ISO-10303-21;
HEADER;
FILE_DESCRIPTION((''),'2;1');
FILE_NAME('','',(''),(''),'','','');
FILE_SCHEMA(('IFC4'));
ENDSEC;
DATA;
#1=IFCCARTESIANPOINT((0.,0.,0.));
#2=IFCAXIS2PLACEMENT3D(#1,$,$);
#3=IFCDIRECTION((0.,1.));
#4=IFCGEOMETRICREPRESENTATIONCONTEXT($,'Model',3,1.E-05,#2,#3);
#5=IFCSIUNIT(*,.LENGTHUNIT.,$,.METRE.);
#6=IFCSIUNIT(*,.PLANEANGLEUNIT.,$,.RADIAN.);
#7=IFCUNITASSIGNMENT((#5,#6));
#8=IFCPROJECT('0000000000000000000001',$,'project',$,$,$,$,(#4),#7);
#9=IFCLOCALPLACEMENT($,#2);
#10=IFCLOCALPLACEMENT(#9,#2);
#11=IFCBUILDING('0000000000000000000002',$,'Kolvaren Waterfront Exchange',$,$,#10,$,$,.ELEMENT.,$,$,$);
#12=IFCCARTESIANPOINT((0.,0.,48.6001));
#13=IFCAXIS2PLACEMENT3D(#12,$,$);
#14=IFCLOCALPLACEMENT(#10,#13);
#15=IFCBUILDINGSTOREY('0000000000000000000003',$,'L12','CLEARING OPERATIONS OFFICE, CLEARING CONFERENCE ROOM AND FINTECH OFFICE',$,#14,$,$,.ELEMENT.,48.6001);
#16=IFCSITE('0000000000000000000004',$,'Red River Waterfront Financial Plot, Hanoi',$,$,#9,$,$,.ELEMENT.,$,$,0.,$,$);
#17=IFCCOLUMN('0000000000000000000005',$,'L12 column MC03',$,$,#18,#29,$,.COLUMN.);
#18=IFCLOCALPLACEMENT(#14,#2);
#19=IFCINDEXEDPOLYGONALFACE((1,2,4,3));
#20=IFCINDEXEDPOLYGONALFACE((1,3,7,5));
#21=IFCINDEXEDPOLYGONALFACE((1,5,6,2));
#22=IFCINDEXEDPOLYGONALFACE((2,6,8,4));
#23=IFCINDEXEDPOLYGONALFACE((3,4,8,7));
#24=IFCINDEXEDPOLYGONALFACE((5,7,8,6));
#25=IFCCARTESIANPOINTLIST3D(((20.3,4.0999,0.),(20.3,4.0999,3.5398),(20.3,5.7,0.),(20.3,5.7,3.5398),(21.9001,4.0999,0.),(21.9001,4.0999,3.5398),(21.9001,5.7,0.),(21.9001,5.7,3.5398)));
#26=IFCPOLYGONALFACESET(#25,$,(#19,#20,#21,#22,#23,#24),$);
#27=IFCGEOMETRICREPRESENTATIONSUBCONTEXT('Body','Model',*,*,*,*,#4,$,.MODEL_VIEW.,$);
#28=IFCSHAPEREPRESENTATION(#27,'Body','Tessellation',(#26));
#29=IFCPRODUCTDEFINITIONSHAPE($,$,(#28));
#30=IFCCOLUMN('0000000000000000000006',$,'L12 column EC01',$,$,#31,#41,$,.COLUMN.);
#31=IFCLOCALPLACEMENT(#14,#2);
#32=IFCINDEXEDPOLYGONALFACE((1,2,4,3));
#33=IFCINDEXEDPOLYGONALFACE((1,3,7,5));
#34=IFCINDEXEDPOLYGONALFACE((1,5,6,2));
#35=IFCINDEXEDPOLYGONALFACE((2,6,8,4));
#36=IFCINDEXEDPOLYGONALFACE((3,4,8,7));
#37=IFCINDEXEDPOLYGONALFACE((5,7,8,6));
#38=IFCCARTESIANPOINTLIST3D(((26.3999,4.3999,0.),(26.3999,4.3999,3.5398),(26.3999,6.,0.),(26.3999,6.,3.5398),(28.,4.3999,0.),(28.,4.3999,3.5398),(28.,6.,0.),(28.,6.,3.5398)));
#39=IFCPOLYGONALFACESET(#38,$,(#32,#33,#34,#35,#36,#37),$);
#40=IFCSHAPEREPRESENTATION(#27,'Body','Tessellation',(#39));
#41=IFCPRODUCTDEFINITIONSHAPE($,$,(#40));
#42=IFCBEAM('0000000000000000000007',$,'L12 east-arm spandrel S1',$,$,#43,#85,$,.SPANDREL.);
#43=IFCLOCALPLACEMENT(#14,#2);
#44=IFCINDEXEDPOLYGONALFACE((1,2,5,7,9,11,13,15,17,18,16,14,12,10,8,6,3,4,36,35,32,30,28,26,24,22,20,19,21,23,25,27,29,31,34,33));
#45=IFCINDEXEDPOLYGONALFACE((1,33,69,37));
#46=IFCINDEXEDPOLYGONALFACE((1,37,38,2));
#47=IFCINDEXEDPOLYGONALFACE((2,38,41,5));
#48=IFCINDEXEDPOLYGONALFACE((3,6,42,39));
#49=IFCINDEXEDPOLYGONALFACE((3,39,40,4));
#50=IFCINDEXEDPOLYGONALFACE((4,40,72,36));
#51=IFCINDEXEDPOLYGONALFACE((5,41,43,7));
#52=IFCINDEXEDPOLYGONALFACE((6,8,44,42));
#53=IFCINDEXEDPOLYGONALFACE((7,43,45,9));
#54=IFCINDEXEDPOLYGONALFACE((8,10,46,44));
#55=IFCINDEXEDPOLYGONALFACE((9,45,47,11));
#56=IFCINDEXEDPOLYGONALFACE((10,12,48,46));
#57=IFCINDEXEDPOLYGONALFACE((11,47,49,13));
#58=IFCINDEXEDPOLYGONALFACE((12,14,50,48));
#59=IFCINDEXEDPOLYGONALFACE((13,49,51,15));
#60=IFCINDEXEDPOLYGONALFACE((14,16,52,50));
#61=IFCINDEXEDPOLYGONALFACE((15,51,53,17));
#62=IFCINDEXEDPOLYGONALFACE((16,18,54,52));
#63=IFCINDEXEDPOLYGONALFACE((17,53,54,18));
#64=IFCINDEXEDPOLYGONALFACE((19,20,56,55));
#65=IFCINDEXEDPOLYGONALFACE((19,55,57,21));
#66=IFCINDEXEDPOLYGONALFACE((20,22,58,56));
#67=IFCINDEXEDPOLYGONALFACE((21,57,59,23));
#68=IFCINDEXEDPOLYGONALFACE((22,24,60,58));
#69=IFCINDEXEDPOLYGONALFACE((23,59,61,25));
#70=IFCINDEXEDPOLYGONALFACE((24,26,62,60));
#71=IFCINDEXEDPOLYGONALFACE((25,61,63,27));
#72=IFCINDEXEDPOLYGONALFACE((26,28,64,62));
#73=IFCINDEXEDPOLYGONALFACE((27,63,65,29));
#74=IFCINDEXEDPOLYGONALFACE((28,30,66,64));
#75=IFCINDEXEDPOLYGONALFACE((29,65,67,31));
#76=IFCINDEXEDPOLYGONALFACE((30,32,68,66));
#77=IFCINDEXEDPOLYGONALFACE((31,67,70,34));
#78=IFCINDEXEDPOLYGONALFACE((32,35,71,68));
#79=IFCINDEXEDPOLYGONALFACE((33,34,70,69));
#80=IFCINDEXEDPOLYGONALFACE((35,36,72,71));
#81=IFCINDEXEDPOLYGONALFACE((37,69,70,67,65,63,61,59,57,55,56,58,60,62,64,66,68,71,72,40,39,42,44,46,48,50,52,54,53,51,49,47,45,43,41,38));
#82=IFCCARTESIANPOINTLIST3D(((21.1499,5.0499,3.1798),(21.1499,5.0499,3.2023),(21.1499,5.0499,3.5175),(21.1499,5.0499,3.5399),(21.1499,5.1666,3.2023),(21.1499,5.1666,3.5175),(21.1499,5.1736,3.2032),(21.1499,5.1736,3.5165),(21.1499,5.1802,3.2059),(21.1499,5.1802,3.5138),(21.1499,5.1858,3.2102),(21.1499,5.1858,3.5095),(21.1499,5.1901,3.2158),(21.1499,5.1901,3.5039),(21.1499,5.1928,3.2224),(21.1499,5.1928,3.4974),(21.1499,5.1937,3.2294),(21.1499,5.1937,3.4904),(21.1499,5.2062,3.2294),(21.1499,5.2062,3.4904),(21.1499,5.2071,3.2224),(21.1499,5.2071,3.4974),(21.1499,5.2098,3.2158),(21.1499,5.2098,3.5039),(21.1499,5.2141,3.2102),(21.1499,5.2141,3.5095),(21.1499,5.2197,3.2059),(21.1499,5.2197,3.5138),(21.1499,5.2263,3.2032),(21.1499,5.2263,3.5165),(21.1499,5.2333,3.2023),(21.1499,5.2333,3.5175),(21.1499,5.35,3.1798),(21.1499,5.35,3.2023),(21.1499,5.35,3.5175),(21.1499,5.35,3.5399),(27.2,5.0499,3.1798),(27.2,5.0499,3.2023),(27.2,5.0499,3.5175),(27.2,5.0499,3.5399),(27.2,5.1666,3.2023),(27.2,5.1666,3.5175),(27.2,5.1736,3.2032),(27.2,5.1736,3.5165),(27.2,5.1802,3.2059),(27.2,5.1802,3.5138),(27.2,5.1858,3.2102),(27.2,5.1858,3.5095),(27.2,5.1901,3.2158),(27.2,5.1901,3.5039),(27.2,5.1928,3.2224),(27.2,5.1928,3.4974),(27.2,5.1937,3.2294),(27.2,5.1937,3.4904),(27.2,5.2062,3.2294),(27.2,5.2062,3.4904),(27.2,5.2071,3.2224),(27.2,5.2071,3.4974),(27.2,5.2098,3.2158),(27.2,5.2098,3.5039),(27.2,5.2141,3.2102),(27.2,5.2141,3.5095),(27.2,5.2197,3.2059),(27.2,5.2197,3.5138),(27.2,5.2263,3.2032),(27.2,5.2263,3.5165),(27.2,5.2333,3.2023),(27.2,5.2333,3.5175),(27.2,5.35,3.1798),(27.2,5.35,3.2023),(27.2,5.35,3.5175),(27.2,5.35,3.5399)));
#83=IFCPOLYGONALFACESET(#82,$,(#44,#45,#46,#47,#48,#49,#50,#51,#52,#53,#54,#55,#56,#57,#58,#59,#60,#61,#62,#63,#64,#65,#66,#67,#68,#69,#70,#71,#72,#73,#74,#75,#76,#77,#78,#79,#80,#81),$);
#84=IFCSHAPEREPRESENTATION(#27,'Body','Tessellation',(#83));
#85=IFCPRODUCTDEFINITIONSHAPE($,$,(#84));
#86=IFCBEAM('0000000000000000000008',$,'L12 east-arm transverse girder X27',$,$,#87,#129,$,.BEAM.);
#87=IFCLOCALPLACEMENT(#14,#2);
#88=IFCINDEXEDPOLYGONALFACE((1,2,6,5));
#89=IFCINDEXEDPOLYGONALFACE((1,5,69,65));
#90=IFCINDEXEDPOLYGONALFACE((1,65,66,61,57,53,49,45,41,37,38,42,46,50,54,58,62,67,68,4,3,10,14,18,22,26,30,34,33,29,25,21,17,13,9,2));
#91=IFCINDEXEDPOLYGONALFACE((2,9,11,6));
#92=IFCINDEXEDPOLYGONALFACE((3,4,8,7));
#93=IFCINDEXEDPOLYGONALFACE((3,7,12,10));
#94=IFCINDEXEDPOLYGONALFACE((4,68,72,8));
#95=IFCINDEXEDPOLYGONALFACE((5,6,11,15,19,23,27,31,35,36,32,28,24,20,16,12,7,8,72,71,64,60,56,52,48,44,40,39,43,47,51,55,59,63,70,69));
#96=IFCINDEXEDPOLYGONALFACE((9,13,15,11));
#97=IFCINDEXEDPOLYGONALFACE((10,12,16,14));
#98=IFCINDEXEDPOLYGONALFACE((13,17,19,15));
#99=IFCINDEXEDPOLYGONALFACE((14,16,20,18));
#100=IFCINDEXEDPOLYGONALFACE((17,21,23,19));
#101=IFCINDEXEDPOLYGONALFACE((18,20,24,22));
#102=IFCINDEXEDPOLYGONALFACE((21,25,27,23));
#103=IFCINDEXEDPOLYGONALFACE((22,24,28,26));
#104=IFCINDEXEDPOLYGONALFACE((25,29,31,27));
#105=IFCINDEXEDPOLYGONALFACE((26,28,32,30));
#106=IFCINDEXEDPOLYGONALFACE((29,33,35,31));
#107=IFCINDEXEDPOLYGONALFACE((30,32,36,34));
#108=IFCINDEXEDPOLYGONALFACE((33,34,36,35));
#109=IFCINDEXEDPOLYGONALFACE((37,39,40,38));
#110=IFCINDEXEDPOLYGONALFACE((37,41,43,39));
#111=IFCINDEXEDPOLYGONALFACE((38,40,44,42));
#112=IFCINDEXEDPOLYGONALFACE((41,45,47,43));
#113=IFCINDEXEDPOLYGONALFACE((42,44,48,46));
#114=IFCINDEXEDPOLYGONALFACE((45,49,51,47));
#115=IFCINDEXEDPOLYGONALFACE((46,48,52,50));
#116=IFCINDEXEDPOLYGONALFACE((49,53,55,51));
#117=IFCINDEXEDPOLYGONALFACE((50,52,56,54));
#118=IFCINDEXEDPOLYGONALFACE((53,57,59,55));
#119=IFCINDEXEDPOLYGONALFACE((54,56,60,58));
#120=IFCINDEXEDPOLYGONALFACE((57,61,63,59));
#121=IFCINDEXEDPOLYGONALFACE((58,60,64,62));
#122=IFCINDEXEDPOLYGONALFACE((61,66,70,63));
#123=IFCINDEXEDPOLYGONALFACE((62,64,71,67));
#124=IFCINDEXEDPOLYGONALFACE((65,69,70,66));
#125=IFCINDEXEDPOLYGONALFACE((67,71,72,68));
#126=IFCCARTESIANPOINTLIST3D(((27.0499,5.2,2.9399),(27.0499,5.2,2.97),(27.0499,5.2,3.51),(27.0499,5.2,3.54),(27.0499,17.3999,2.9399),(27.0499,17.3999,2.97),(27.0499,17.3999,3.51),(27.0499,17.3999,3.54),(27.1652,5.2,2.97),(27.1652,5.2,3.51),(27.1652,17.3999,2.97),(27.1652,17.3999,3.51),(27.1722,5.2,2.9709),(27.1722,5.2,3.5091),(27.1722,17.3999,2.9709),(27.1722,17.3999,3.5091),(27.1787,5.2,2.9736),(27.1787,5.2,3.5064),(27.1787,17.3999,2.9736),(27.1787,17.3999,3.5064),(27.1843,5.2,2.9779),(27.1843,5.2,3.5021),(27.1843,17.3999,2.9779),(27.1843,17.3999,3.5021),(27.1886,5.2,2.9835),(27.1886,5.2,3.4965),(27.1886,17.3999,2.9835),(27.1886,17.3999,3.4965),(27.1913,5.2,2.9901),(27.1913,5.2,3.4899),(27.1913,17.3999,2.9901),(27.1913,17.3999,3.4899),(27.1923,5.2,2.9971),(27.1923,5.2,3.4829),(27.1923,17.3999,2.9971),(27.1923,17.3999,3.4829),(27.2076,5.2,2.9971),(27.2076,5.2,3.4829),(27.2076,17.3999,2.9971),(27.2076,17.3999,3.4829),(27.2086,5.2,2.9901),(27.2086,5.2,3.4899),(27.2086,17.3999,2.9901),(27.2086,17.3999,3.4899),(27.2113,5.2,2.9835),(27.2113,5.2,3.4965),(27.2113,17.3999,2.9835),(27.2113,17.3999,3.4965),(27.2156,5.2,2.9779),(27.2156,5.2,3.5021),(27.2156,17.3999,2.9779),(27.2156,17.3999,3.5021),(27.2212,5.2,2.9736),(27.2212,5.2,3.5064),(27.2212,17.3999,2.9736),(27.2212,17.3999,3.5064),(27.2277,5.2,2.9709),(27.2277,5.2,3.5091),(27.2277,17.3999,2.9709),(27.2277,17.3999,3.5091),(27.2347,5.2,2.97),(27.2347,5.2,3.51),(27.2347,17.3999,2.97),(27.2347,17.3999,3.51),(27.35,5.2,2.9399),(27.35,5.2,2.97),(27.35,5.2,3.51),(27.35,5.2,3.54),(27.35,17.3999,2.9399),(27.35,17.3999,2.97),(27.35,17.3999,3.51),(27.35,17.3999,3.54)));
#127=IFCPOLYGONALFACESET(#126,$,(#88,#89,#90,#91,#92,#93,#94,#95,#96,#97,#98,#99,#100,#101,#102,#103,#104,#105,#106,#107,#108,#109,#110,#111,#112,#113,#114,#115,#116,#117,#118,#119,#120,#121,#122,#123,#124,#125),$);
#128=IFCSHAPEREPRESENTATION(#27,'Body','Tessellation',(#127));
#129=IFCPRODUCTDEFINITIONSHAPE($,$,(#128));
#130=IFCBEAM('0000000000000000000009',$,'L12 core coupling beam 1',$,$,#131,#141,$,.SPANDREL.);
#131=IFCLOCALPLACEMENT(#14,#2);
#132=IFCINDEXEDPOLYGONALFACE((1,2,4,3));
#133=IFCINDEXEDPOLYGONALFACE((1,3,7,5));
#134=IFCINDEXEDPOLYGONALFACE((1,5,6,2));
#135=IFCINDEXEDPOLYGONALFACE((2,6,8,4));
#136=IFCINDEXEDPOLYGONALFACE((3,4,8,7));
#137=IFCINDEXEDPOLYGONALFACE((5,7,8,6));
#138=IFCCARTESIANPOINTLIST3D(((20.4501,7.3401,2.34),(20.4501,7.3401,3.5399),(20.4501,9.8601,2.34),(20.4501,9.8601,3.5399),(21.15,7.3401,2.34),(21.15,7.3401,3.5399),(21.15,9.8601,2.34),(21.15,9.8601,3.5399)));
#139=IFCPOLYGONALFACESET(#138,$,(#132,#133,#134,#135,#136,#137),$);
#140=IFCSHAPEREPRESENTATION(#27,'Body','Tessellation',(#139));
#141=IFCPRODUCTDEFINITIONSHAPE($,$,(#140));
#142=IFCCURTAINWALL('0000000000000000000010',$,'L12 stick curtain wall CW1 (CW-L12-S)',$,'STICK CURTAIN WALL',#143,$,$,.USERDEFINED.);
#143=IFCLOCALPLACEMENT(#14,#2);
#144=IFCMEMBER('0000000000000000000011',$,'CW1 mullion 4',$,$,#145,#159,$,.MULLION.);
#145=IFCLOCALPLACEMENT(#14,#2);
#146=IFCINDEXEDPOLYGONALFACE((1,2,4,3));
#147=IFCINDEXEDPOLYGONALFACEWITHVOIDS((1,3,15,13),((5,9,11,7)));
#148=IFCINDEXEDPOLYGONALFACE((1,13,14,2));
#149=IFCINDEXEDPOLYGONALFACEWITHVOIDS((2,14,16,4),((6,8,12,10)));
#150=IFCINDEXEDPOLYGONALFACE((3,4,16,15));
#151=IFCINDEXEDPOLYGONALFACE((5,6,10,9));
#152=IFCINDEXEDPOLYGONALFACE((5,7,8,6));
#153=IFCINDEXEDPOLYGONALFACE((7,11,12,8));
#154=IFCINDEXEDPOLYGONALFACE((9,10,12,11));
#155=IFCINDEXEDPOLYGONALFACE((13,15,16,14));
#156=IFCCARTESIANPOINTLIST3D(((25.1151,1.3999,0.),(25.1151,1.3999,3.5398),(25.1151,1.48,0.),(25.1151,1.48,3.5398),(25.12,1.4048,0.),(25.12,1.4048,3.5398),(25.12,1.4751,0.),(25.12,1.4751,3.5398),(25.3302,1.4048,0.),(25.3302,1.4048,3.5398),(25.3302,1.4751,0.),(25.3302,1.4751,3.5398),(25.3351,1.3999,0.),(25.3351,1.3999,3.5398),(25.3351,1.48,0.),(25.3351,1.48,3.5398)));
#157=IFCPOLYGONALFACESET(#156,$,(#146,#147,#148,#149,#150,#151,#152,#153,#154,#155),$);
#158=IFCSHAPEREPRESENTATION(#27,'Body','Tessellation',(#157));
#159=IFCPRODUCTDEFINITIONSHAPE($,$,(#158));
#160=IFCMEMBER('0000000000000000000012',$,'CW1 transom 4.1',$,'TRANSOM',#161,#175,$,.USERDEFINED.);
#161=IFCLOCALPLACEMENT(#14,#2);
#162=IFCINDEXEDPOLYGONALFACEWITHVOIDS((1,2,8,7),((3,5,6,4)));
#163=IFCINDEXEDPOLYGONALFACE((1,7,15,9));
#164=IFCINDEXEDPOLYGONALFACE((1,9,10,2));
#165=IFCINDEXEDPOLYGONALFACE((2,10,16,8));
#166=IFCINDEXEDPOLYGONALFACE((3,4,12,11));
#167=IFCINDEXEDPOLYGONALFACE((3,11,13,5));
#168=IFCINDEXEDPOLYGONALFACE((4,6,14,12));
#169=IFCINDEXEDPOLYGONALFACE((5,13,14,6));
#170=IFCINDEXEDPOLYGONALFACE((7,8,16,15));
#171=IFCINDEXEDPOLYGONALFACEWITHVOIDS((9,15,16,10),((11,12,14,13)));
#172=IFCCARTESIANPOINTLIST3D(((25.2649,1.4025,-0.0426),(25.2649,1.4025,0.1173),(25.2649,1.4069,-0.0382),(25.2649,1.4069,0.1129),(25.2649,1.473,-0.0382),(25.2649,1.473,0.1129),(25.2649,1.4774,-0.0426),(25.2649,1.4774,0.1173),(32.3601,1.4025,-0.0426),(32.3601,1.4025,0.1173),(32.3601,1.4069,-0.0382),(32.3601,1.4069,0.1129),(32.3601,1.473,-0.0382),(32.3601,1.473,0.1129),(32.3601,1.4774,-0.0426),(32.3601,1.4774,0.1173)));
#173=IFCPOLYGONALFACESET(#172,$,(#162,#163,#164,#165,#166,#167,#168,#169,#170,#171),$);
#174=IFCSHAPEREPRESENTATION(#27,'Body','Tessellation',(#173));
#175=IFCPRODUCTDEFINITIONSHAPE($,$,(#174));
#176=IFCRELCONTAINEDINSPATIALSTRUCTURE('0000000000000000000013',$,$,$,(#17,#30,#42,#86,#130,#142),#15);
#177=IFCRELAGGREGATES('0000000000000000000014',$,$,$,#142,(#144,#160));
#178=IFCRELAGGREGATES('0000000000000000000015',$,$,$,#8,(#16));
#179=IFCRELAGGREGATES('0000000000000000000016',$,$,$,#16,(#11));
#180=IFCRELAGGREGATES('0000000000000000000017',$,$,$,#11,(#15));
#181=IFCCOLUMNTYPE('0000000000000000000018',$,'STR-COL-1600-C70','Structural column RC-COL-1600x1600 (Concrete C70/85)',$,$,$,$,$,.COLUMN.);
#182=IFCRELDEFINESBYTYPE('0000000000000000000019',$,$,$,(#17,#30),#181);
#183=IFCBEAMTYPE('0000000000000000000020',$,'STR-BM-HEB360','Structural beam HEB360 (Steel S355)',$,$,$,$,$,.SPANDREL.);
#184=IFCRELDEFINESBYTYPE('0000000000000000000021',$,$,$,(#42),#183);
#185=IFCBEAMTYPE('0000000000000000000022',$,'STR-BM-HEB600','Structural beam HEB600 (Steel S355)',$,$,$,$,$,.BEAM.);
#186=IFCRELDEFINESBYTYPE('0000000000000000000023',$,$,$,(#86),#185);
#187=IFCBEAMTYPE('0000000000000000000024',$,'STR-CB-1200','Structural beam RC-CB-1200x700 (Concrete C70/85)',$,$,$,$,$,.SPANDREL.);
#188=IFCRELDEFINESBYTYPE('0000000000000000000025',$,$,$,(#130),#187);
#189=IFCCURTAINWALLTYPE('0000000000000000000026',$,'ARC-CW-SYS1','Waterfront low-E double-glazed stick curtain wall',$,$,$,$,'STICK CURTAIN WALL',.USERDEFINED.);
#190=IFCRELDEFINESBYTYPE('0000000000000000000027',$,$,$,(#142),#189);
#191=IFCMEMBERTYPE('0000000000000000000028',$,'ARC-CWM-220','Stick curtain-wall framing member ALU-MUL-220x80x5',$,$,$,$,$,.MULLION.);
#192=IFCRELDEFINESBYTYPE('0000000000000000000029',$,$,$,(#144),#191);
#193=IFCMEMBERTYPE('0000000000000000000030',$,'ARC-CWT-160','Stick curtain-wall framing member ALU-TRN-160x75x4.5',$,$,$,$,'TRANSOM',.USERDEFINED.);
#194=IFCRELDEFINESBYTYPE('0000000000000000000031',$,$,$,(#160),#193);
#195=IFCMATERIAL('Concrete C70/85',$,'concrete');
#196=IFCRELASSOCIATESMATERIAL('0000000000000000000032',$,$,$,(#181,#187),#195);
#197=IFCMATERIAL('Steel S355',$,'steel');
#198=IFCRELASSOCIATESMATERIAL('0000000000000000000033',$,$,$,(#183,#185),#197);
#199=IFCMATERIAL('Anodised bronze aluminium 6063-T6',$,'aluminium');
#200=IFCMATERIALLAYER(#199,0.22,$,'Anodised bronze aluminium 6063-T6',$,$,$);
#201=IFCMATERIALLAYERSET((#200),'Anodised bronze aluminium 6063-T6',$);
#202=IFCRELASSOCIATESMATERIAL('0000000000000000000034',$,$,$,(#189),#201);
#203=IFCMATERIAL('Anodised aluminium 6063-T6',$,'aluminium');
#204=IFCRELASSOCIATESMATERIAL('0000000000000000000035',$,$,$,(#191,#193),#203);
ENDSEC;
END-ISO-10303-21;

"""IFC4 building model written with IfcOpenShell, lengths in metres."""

from ifc_helpers import new_model, si_unit, direction, frame, origin, origin_with_axes, origin_2d, place, context, subcontext, project, spatial, rectangle, hollow_rectangle, i_section, extrude, source, transform, mapped, material, layer, layer_set, material_profile, profile_set, type_object, element, aggregate, save


model = new_model("IFC4")

# Units and contexts
model_context = context("Model", 3, precision=1e-05, world=origin(), true_north=direction((0.0, 1.0)))
body_context = subcontext(model_context, "Body", "Model", "MODEL_VIEW")
ifc_project = project(units=[si_unit("LENGTHUNIT", "METRE"), si_unit("PLANEANGLEUNIT", "RADIAN")], contexts=[model_context])

# Site, building, storey
site_placement = place(None, origin())
site = spatial("IfcSite", under=ifc_project, at=site_placement, Name="Red River Waterfront Financial Plot, Hanoi", CompositionType="ELEMENT", RefElevation=0.0)
building_placement = place(site_placement, origin())
building = spatial("IfcBuilding", under=site, at=building_placement, Name="Kolvaren Waterfront Exchange", CompositionType="ELEMENT")
storey_placement = place(building_placement, frame((0.0, 0.0, 48.6001)))
storey = spatial("IfcBuildingStorey", under=building, at=storey_placement, Name="L12", Description="CLEARING OPERATIONS OFFICE, CLEARING CONFERENCE ROOM AND FINTECH OFFICE", CompositionType="ELEMENT", Elevation=48.6001)

# Columns
ifc_material_1 = material(Name="Concrete C70/85", Category="concrete")
ifc_material_profile_1 = material_profile(ifc_material_1, rectangle(XDim=1.6001, YDim=1.6001, at=origin_2d()), Name="RC-COL-1600x1600")
ifc_profile_set_1 = profile_set([ifc_material_profile_1], Name="Concrete C70/85")
column_type = type_object("IfcColumnType", Name="STR-COL-1600-C70", Description="Structural column RC-COL-1600x1600 (Concrete C70/85)", PredefinedType="COLUMN", material=ifc_profile_set_1)
for number, where, z_axis, x_axis, name in (
    (1, (21.1001, 4.8999, 0.0), (0.0, 0.0, 1.0), (1.0, 0.0, 0.0), "L12 column MC03"),
    (2, (27.2, 5.2, 0.0), (0.0, 0.0, 1.0), (1.0, 0.0, 0.0), "L12 column EC01"),
):
    element("IfcColumn", number, at=place(storey_placement, frame(where, z_axis=z_axis, x_axis=x_axis)), inside=storey, type_object=column_type, Name=name, PredefinedType="COLUMN", context=body_context, shape_type="SweptSolid", body=[
        extrude(rectangle(XDim=1.6001, YDim=1.6001, at=origin_2d()), origin(), (0.0, 0.0, 1.0), 3.5398),
    ])

# Beams
ifc_material_2 = material(Name="Steel S355", Category="steel")
ifc_material_profile_2 = material_profile(ifc_material_2, i_section(OverallWidth=0.3, OverallDepth=0.3601, WebThickness=0.0125, FlangeThickness=0.0225, FilletRadius=0.0271, at=origin_2d()), Name="HEB360")
ifc_profile_set_2 = profile_set([ifc_material_profile_2], Name="Steel S355")
beam_type_1 = type_object("IfcBeamType", Name="STR-BM-HEB360", Description="Structural beam HEB360 (Steel S355)", PredefinedType="SPANDREL", material=ifc_profile_set_2)
beam_1_placement = place(storey_placement, frame((21.1499, 5.2, 3.3599), z_axis=(1.0, 0.0, 0.0), x_axis=(0.0, 1.0, 0.0)))
element("IfcBeam", 3, at=beam_1_placement, inside=storey, type_object=beam_type_1, Name="L12 east-arm spandrel S1", PredefinedType="SPANDREL", context=body_context, shape_type="SweptSolid", body=[
    extrude(i_section(OverallWidth=0.3, OverallDepth=0.3601, WebThickness=0.0125, FlangeThickness=0.0225, FilletRadius=0.0271, at=origin_2d()), origin(), (0.0, 0.0, 1.0), 6.05),
])
ifc_material_profile_3 = material_profile(ifc_material_2, i_section(OverallWidth=0.3, OverallDepth=0.6001, WebThickness=0.0154, FlangeThickness=0.03, FilletRadius=0.0271, at=origin_2d()), Name="HEB600")
ifc_profile_set_3 = profile_set([ifc_material_profile_3], Name="Steel S355")
beam_type_2 = type_object("IfcBeamType", Name="STR-BM-HEB600", Description="Structural beam HEB600 (Steel S355)", PredefinedType="BEAM", material=ifc_profile_set_3)
beam_2_placement = place(storey_placement, frame((27.2, 5.2, 3.24), z_axis=(0.0, 1.0, 0.0), x_axis=(-1.0, 0.0, 0.0)))
element("IfcBeam", 4, at=beam_2_placement, inside=storey, type_object=beam_type_2, Name="L12 east-arm transverse girder X27", PredefinedType="BEAM", context=body_context, shape_type="SweptSolid", body=[
    extrude(i_section(OverallWidth=0.3, OverallDepth=0.6001, WebThickness=0.0154, FlangeThickness=0.03, FilletRadius=0.0271, at=origin_2d()), origin(), (0.0, 0.0, 1.0), 12.2),
])
ifc_material_profile_4 = material_profile(ifc_material_1, rectangle(XDim=0.7, YDim=1.2, at=origin_2d()), Name="RC-CB-1200x700")
ifc_profile_set_4 = profile_set([ifc_material_profile_4], Name="Concrete C70/85")
beam_type_3 = type_object("IfcBeamType", Name="STR-CB-1200", Description="Structural beam RC-CB-1200x700 (Concrete C70/85)", PredefinedType="SPANDREL", material=ifc_profile_set_4)
beam_3_placement = place(storey_placement, frame((20.8, 7.3401, 2.9399), z_axis=(0.0, 1.0, 0.0), x_axis=(-1.0, 0.0, 0.0)))
element("IfcBeam", 5, at=beam_3_placement, inside=storey, type_object=beam_type_3, Name="L12 core coupling beam 1", PredefinedType="SPANDREL", context=body_context, shape_type="SweptSolid", body=[
    extrude(rectangle(XDim=0.7, YDim=1.2, at=origin_2d()), origin(), (0.0, 0.0, 1.0), 2.52),
])

# Curtain wall, members
ifc_material_3 = material(Name="Anodised bronze aluminium 6063-T6", Category="aluminium")
ifc_layer_1 = layer(ifc_material_3, 0.22, Name="Anodised bronze aluminium 6063-T6")
ifc_layer_set_1 = layer_set([ifc_layer_1], Name="Anodised bronze aluminium 6063-T6")
curtain_wall_type_1 = type_object("IfcCurtainWallType", Name="ARC-CW-SYS1", Description="Waterfront low-E double-glazed stick curtain wall", ElementType="STICK CURTAIN WALL", PredefinedType="USERDEFINED", material=ifc_layer_set_1)
curtain_wall_1_placement = place(storey_placement, origin())
curtain_wall_1 = element("IfcCurtainWall", 6, at=curtain_wall_1_placement, inside=storey, type_object=curtain_wall_type_1, Name="L12 stick curtain wall CW1 (CW-L12-S)", ObjectType="STICK CURTAIN WALL", PredefinedType="USERDEFINED")
ifc_material_4 = material(Name="Anodised aluminium 6063-T6", Category="aluminium")
ifc_material_profile_5 = material_profile(ifc_material_4, hollow_rectangle(XDim=0.0801, YDim=0.22, WallThickness=0.0049, at=origin_2d()), Name="ALU-MUL-220x80x5")
ifc_profile_set_5 = profile_set([ifc_material_profile_5], Name="Anodised aluminium 6063-T6")
member_type_1 = type_object("IfcMemberType", Name="ARC-CWM-220", Description="Stick curtain-wall framing member ALU-MUL-220x80x5", PredefinedType="MULLION", material=ifc_profile_set_5)
shared_shape_1 = source(origin_with_axes(), body_context, "Body", "SweptSolid", [
    extrude(hollow_rectangle(XDim=0.0801, YDim=0.22, WallThickness=0.0049, at=origin_2d()), origin(), (0.0, 0.0, 1.0), 3.5398),
])
member_1_placement = place(storey_placement, frame((25.2251, 1.4399, 0.0), z_axis=(0.0, 0.0, 1.0), x_axis=(0.0, 1.0, 0.0)))
member_1 = element("IfcMember", 7, at=member_1_placement, type_object=member_type_1, Name="CW1 mullion 4", PredefinedType="MULLION", context=body_context, shape_type="MappedRepresentation", body=[
    mapped(shared_shape_1, transform((0.0, 0.0, 0.0), x_axis=(1.0, 0.0, 0.0), y_axis=(0.0, 1.0, 0.0), z_axis=(0.0, 0.0, 1.0), scale=1.0)),
])
ifc_material_profile_6 = material_profile(ifc_material_4, hollow_rectangle(XDim=0.075, YDim=0.1599, WallThickness=0.0044, at=origin_2d()), Name="ALU-TRN-160x75x4.5")
ifc_profile_set_6 = profile_set([ifc_material_profile_6], Name="Anodised aluminium 6063-T6")
member_type_2 = type_object("IfcMemberType", Name="ARC-CWT-160", Description="Stick curtain-wall framing member ALU-TRN-160x75x4.5", ElementType="TRANSOM", PredefinedType="USERDEFINED", material=ifc_profile_set_6)
shared_shape_2 = source(origin_with_axes(), body_context, "Body", "SweptSolid", [
    extrude(hollow_rectangle(XDim=0.075, YDim=0.1599, WallThickness=0.0044, at=origin_2d()), origin(), (0.0, 0.0, 1.0), 7.0952),
])
member_2_placement = place(storey_placement, frame((25.2649, 1.4399, 0.0374), z_axis=(1.0, 0.0, 0.0), x_axis=(0.0, 1.0, 0.0)))
member_2 = element("IfcMember", 8, at=member_2_placement, type_object=member_type_2, Name="CW1 transom 4.1", ObjectType="TRANSOM", PredefinedType="USERDEFINED", context=body_context, shape_type="MappedRepresentation", body=[
    mapped(shared_shape_2, transform((0.0, 0.0, 0.0), x_axis=(1.0, 0.0, 0.0), y_axis=(0.0, 1.0, 0.0), z_axis=(0.0, 0.0, 1.0), scale=1.0)),
])

aggregate(curtain_wall_1, [member_1, member_2])

save(model, "model.ifc")
